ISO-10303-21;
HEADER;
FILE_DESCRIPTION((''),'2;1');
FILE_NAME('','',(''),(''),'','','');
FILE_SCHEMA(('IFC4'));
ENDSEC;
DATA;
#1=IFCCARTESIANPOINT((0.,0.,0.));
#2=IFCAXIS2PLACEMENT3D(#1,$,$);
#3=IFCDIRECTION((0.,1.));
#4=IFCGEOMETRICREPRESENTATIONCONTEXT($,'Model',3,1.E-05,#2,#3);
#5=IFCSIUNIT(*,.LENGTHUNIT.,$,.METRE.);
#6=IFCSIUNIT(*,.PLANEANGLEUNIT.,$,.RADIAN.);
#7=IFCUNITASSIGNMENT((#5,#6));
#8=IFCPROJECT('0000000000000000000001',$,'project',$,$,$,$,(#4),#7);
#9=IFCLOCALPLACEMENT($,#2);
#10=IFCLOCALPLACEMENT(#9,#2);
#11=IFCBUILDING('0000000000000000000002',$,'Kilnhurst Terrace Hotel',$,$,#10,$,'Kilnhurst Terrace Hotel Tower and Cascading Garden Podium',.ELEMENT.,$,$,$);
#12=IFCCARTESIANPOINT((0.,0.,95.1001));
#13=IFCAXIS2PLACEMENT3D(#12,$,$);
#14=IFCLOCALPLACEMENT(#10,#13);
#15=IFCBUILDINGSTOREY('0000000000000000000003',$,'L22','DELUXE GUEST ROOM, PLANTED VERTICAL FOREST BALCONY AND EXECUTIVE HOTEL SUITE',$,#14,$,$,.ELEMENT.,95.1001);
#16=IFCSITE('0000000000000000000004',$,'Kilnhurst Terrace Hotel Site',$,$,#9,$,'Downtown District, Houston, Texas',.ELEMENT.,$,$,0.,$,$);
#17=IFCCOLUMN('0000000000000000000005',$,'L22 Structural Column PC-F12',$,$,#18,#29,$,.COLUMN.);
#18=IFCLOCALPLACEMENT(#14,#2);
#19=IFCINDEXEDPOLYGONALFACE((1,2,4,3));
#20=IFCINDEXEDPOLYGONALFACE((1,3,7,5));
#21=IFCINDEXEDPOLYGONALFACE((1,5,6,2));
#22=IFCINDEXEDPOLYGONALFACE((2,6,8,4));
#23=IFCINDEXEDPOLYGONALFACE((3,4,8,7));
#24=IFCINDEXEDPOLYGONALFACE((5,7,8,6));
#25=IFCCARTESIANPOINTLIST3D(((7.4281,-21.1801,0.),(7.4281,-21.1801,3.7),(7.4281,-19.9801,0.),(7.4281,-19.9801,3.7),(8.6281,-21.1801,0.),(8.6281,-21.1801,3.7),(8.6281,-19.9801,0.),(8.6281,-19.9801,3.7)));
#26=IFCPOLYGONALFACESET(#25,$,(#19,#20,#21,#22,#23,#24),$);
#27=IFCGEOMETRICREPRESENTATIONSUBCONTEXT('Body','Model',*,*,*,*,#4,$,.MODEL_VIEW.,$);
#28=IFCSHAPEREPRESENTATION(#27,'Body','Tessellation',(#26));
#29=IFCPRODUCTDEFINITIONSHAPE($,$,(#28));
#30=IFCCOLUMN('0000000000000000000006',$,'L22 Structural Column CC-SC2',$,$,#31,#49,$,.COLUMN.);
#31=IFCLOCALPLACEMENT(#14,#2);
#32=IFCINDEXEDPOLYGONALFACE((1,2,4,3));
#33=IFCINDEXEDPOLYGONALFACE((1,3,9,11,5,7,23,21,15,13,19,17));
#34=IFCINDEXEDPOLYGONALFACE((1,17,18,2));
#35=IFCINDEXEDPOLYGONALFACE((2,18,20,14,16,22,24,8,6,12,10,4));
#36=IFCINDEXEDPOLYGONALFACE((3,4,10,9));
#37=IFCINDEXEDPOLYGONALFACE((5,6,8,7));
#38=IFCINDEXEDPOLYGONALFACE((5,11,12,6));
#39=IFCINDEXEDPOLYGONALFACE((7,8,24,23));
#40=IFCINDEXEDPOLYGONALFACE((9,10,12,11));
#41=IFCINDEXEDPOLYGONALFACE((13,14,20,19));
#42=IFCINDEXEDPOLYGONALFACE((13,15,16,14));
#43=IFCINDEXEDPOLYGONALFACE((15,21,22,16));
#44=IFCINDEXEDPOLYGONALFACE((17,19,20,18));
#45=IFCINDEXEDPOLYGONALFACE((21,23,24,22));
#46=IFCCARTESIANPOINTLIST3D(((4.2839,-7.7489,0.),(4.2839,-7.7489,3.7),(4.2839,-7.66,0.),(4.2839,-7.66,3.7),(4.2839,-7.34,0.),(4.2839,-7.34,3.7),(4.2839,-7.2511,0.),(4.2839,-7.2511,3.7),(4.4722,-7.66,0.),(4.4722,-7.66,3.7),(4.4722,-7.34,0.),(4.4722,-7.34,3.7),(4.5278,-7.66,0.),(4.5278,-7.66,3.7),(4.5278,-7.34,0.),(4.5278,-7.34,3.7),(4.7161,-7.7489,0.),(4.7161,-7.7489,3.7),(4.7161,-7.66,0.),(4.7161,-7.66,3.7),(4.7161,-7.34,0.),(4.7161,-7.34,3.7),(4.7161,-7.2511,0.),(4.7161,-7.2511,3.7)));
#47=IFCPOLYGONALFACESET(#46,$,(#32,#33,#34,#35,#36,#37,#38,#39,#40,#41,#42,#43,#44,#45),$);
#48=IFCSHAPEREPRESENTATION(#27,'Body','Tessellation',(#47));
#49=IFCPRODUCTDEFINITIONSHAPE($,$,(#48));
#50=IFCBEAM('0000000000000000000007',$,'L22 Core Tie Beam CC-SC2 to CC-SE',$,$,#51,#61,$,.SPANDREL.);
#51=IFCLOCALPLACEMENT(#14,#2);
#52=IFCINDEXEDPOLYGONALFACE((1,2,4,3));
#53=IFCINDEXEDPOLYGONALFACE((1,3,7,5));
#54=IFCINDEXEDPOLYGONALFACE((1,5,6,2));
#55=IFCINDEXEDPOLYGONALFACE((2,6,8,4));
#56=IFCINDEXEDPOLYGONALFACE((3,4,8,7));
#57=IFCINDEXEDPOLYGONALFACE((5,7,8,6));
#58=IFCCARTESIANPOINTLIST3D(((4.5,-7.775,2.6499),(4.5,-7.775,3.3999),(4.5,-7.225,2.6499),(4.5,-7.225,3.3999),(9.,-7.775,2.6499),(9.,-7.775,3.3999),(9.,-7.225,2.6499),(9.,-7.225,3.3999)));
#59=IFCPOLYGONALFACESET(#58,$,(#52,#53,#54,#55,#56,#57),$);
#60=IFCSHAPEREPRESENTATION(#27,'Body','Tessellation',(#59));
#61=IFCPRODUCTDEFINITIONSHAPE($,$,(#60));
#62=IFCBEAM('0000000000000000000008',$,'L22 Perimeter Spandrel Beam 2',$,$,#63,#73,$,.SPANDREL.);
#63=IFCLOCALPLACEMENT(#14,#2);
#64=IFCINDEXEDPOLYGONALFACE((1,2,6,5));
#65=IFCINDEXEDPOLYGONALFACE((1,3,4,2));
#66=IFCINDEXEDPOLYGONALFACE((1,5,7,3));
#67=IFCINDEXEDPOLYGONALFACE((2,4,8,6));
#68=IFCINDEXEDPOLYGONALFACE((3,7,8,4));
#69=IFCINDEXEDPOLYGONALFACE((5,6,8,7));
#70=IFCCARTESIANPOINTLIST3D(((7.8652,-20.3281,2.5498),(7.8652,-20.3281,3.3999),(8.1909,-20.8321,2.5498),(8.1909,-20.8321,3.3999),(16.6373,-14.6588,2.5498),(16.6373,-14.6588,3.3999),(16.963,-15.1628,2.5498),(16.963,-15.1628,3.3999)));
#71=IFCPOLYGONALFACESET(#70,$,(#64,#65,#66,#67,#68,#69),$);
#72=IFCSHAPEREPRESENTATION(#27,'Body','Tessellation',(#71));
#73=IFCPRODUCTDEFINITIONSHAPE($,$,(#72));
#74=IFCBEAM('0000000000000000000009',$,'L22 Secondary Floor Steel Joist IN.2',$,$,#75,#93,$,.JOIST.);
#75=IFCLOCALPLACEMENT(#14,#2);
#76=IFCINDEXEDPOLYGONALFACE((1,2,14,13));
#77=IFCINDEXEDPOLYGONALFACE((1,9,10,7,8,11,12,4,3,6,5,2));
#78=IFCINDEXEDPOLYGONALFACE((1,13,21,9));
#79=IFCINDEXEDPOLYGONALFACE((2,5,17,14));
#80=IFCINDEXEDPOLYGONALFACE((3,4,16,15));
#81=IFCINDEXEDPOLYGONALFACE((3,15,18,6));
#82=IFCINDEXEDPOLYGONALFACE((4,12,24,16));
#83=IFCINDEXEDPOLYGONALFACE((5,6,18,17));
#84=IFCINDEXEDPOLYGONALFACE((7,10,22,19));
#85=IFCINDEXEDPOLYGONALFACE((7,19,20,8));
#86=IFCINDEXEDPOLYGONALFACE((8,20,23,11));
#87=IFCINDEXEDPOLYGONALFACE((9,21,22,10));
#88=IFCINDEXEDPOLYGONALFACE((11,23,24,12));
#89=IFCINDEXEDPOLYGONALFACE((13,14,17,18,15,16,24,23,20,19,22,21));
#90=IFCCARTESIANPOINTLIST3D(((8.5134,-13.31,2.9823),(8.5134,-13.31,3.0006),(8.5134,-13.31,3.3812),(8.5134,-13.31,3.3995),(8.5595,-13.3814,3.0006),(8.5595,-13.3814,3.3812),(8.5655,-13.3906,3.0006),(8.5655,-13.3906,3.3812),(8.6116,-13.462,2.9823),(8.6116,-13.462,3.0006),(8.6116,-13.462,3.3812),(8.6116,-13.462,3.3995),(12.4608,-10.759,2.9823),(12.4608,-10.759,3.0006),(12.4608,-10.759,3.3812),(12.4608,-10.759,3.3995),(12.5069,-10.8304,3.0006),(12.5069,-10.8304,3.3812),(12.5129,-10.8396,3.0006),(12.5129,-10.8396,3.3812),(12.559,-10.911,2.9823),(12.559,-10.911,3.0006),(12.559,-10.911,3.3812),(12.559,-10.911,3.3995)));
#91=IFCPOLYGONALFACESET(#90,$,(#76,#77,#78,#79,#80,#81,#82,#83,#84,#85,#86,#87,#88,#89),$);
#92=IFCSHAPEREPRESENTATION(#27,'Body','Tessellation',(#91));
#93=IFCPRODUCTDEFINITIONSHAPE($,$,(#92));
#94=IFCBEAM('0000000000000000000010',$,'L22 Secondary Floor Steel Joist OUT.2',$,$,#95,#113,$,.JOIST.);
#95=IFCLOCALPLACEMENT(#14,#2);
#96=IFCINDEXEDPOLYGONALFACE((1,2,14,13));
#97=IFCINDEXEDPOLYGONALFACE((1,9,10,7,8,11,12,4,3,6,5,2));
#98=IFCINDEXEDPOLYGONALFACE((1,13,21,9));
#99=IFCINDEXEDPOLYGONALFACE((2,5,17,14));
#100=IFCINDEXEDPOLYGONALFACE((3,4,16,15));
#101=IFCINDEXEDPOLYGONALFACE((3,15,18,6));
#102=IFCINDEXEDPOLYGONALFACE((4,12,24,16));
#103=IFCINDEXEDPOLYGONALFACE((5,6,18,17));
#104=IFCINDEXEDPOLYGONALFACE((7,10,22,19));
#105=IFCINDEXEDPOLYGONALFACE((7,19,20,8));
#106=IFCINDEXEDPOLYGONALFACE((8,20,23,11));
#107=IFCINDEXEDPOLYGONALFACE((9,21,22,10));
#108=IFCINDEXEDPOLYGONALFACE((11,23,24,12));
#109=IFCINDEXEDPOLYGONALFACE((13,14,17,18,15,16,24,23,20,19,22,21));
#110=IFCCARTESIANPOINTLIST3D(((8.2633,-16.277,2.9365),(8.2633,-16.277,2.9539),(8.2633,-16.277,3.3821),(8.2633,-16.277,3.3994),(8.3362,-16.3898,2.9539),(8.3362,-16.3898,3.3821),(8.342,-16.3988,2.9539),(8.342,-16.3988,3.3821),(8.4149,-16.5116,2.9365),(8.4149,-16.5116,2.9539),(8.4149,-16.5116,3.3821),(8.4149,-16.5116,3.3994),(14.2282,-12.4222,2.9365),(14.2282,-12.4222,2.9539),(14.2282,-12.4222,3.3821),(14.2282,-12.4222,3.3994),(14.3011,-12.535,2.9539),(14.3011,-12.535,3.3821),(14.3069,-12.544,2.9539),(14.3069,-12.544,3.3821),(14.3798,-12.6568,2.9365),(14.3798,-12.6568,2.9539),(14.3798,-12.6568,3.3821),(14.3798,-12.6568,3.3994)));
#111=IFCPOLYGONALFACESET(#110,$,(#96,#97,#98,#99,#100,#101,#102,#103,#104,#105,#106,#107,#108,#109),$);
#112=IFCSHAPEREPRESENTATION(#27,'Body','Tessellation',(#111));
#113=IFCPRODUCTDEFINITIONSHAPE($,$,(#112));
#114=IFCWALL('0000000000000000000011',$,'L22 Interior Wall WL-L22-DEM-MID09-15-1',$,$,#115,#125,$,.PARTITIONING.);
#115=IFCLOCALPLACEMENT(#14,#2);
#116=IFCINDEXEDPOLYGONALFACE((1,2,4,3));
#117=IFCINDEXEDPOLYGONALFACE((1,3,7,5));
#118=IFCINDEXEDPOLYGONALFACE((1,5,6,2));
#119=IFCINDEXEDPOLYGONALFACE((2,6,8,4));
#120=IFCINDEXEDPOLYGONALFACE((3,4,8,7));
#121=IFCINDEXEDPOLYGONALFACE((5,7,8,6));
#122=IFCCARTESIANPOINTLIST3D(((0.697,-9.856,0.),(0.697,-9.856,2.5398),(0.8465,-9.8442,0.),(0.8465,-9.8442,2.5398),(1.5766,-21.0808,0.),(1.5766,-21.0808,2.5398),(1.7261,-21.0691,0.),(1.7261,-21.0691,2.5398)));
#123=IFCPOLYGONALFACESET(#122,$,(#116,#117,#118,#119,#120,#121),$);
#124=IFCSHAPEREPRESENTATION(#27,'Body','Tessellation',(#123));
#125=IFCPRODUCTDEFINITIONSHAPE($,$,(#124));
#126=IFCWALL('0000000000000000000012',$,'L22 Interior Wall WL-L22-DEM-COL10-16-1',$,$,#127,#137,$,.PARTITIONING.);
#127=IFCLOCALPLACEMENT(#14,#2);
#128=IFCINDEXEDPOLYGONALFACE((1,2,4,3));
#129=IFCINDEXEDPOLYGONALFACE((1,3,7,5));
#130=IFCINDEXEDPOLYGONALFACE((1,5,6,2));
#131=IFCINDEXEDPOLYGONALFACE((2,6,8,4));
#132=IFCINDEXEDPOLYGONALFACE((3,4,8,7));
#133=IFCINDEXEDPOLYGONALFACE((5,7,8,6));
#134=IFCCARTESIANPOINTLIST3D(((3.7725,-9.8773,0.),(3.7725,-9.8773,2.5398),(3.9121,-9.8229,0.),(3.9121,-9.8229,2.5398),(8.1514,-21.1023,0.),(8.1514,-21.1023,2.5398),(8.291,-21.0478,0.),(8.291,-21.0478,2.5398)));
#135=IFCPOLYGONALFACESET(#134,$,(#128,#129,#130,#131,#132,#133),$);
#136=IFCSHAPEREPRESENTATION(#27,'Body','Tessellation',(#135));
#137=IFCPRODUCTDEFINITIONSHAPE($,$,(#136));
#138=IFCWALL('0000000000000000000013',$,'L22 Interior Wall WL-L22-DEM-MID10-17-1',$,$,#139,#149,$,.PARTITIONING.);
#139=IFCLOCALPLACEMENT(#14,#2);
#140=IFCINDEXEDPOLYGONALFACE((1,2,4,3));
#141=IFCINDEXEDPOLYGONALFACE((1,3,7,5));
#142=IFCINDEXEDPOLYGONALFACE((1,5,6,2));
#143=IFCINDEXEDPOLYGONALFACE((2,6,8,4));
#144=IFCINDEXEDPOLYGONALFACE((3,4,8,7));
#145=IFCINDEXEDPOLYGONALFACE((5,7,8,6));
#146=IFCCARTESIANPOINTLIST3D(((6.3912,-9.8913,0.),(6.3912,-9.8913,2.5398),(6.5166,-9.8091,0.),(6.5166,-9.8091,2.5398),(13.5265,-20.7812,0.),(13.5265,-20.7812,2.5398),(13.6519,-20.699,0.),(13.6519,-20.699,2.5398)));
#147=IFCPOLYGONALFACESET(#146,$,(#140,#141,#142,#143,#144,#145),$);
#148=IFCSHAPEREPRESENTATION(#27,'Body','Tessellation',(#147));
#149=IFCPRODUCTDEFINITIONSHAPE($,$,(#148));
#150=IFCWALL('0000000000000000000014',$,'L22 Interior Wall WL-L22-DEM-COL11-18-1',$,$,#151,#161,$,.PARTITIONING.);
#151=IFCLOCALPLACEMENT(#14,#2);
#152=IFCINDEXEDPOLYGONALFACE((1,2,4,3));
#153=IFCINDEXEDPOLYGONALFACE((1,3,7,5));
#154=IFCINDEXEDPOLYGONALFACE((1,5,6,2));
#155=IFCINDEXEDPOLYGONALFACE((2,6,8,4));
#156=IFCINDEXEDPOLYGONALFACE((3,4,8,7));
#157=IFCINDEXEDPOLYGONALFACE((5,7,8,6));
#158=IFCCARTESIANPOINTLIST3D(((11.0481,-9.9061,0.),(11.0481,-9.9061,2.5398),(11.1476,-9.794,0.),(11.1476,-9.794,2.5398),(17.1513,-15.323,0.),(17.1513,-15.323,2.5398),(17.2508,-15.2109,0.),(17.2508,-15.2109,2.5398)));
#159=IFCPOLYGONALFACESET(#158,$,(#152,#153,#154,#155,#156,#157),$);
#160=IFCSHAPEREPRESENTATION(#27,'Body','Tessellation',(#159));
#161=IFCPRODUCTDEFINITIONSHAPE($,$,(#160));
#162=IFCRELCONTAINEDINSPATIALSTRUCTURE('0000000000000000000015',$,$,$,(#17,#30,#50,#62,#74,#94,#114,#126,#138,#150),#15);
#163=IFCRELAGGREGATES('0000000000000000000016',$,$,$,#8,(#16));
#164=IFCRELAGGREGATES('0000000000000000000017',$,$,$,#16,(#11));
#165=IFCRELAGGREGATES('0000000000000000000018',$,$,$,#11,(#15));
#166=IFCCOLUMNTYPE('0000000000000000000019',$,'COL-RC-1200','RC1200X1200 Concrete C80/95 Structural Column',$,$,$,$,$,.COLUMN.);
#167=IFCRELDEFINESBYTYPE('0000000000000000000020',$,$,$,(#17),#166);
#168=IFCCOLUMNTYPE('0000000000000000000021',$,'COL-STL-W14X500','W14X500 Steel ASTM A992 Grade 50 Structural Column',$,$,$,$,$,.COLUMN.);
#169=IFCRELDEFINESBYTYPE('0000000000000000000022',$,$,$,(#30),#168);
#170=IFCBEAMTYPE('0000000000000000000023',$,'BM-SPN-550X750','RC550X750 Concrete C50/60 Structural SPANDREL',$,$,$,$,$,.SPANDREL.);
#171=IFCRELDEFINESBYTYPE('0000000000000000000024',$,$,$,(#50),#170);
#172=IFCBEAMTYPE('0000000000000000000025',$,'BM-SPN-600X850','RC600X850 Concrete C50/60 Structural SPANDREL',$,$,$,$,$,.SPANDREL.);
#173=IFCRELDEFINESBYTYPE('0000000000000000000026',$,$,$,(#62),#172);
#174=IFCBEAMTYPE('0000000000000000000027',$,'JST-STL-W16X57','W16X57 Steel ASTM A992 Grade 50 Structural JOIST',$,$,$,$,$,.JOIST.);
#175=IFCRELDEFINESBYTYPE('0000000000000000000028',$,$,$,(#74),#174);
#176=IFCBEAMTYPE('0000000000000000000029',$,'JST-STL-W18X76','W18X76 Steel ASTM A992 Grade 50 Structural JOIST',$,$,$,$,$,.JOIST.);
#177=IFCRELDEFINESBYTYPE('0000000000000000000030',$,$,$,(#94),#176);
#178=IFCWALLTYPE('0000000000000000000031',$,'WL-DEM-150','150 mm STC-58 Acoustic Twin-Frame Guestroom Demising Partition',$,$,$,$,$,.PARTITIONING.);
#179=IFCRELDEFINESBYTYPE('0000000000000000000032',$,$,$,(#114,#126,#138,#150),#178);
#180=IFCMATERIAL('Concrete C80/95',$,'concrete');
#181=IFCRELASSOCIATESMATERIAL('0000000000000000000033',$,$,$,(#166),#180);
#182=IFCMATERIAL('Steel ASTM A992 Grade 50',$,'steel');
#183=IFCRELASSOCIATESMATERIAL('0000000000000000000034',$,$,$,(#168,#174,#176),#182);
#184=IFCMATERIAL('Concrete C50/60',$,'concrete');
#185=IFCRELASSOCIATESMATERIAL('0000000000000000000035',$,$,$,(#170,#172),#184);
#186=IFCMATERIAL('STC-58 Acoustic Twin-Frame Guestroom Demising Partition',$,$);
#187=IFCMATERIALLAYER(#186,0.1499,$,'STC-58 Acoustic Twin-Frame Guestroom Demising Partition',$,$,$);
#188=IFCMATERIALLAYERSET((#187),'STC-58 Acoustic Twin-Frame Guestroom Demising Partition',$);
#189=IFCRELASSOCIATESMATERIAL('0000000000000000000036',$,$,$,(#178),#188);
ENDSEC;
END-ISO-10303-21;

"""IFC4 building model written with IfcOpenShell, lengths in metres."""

from ifc_helpers import new_model, si_unit, direction, frame, frame_2d, origin, origin_2d, place, context, subcontext, project, spatial, rectangle, i_section, extrude, material, layer, layer_set, material_profile, profile_set, type_object, element, save


model = new_model("IFC4")

# Units and contexts
model_context = context("Model", 3, precision=1e-05, world=origin(), true_north=direction((0.0, 1.0)))
body_context = subcontext(model_context, "Body", "Model", "MODEL_VIEW")
ifc_project = project(units=[si_unit("LENGTHUNIT", "METRE"), si_unit("PLANEANGLEUNIT", "RADIAN")], contexts=[model_context])

# Site, building, storey
site_placement = place(None, origin())
site = spatial("IfcSite", under=ifc_project, at=site_placement, Name="Kilnhurst Terrace Hotel Site", LongName="Downtown District, Houston, Texas", CompositionType="ELEMENT", RefElevation=0.0)
building_placement = place(site_placement, origin())
building = spatial("IfcBuilding", under=site, at=building_placement, Name="Kilnhurst Terrace Hotel", LongName="Kilnhurst Terrace Hotel Tower and Cascading Garden Podium", CompositionType="ELEMENT")
storey_placement = place(building_placement, frame((0.0, 0.0, 95.1001)))
storey = spatial("IfcBuildingStorey", under=building, at=storey_placement, Name="L22", Description="DELUXE GUEST ROOM, PLANTED VERTICAL FOREST BALCONY AND EXECUTIVE HOTEL SUITE", CompositionType="ELEMENT", Elevation=95.1001)

# Columns
ifc_material_1 = material(Name="Concrete C80/95", Category="concrete")
ifc_material_profile_1 = material_profile(ifc_material_1, rectangle(XDim=1.2, YDim=1.2, at=origin_2d()), Name="RC1200X1200")
ifc_profile_set_1 = profile_set([ifc_material_profile_1], Name="Concrete C80/95")
column_type_1 = type_object("IfcColumnType", Name="COL-RC-1200", Description="RC1200X1200 Concrete C80/95 Structural Column", PredefinedType="COLUMN", material=ifc_profile_set_1)
column_1_placement = place(storey_placement, frame((8.0281, -20.5801, 0.0), z_axis=(0.0, 0.0, 1.0), x_axis=(1.0, 0.0, 0.0)))
element("IfcColumn", 1, at=column_1_placement, inside=storey, type_object=column_type_1, Name="L22 Structural Column PC-F12", PredefinedType="COLUMN", context=body_context, shape_type="SweptSolid", body=[
    extrude(rectangle(XDim=1.2, YDim=1.2, at=origin_2d()), origin(), (0.0, 0.0, 1.0), 3.7),
])
ifc_material_2 = material(Name="Steel ASTM A992 Grade 50", Category="steel")
ifc_material_profile_2 = material_profile(ifc_material_2, i_section(OverallWidth=0.4321, OverallDepth=0.4978, WebThickness=0.0557, FlangeThickness=0.0889, at=origin_2d()), Name="W14X500")
ifc_profile_set_2 = profile_set([ifc_material_profile_2], Name="Steel ASTM A992 Grade 50")
column_type_2 = type_object("IfcColumnType", Name="COL-STL-W14X500", Description="W14X500 Steel ASTM A992 Grade 50 Structural Column", PredefinedType="COLUMN", material=ifc_profile_set_2)
column_2_placement = place(storey_placement, frame((4.5, -7.5, 0.0), z_axis=(0.0, 0.0, 1.0), x_axis=(1.0, 0.0, 0.0)))
element("IfcColumn", 2, at=column_2_placement, inside=storey, type_object=column_type_2, Name="L22 Structural Column CC-SC2", PredefinedType="COLUMN", context=body_context, shape_type="SweptSolid", body=[
    extrude(i_section(OverallWidth=0.4321, OverallDepth=0.4978, WebThickness=0.0557, FlangeThickness=0.0889, at=origin_2d()), origin(), (0.0, 0.0, 1.0), 3.7),
])

# Beams
ifc_material_3 = material(Name="Concrete C50/60", Category="concrete")
ifc_material_profile_3 = material_profile(ifc_material_3, rectangle(XDim=0.55, YDim=0.75, at=origin_2d()), Name="RC550X750")
ifc_profile_set_3 = profile_set([ifc_material_profile_3], Name="Concrete C50/60")
beam_type_1 = type_object("IfcBeamType", Name="BM-SPN-550X750", Description="RC550X750 Concrete C50/60 Structural SPANDREL", PredefinedType="SPANDREL", material=ifc_profile_set_3)
beam_1_placement = place(storey_placement, frame((4.5, -7.5, 3.0249), z_axis=(1.0, 0.0, 0.0), x_axis=(0.0, 1.0, 0.0)))
element("IfcBeam", 3, at=beam_1_placement, inside=storey, type_object=beam_type_1, Name="L22 Core Tie Beam CC-SC2 to CC-SE", PredefinedType="SPANDREL", context=body_context, shape_type="SweptSolid", body=[
    extrude(rectangle(XDim=0.55, YDim=0.75, at=origin_2d()), origin(), (0.0, 0.0, 1.0), 4.5),
])
ifc_material_profile_4 = material_profile(ifc_material_3, rectangle(XDim=0.6001, YDim=0.8501, at=origin_2d()), Name="RC600X850")
ifc_profile_set_4 = profile_set([ifc_material_profile_4], Name="Concrete C50/60")
beam_type_2 = type_object("IfcBeamType", Name="BM-SPN-600X850", Description="RC600X850 Concrete C50/60 Structural SPANDREL", PredefinedType="SPANDREL", material=ifc_profile_set_4)
beam_2_placement = place(storey_placement, frame((8.0281, -20.5801, 2.9749), z_axis=(0.839867, 0.542793, 0.0), x_axis=(-0.542793, 0.839867, 0.0)))
element("IfcBeam", 4, at=beam_2_placement, inside=storey, type_object=beam_type_2, Name="L22 Perimeter Spandrel Beam 2", PredefinedType="SPANDREL", context=body_context, shape_type="SweptSolid", body=[
    extrude(rectangle(XDim=0.6001, YDim=0.8501, at=origin_2d()), origin(), (0.0, 0.0, 1.0), 10.4446),
])
ifc_material_profile_5 = material_profile(ifc_material_2, i_section(OverallWidth=0.1809, OverallDepth=0.4172, WebThickness=0.011, FlangeThickness=0.0183, at=origin_2d()), Name="W16X57")
ifc_profile_set_5 = profile_set([ifc_material_profile_5], Name="Steel ASTM A992 Grade 50")
beam_type_3 = type_object("IfcBeamType", Name="JST-STL-W16X57", Description="W16X57 Steel ASTM A992 Grade 50 Structural JOIST", PredefinedType="JOIST", material=ifc_profile_set_5)
beam_3_placement = place(storey_placement, frame((8.5625, -13.386, 3.1909), z_axis=(0.839885, 0.542764, 0.0), x_axis=(-0.542764, 0.839885, 0.0)))
element("IfcBeam", 5, at=beam_3_placement, inside=storey, type_object=beam_type_3, Name="L22 Secondary Floor Steel Joist IN.2", PredefinedType="JOIST", context=body_context, shape_type="SweptSolid", body=[
    extrude(i_section(OverallWidth=0.1809, OverallDepth=0.4172, WebThickness=0.011, FlangeThickness=0.0183, at=origin_2d()), origin(), (0.0, 0.0, 1.0), 4.7),
])
ifc_material_profile_6 = material_profile(ifc_material_2, i_section(OverallWidth=0.2793, OverallDepth=0.4629, WebThickness=0.0107, FlangeThickness=0.0173, at=origin_2d()), Name="W18X76")
ifc_profile_set_6 = profile_set([ifc_material_profile_6], Name="Steel ASTM A992 Grade 50")
beam_type_4 = type_object("IfcBeamType", Name="JST-STL-W18X76", Description="W18X76 Steel ASTM A992 Grade 50 Structural JOIST", PredefinedType="JOIST", material=ifc_profile_set_6)
beam_4_placement = place(storey_placement, frame((8.3391, -16.3943, 3.168), z_axis=(0.839883, 0.542768, 0.0), x_axis=(-0.542768, 0.839883, 0.0)))
element("IfcBeam", 6, at=beam_4_placement, inside=storey, type_object=beam_type_4, Name="L22 Secondary Floor Steel Joist OUT.2", PredefinedType="JOIST", context=body_context, shape_type="SweptSolid", body=[
    extrude(i_section(OverallWidth=0.2793, OverallDepth=0.4629, WebThickness=0.0107, FlangeThickness=0.0173, at=origin_2d()), origin(), (0.0, 0.0, 1.0), 7.1021),
])

# Walls
ifc_material_4 = material(Name="STC-58 Acoustic Twin-Frame Guestroom Demising Partition")
ifc_layer_1 = layer(ifc_material_4, 0.1499, Name="STC-58 Acoustic Twin-Frame Guestroom Demising Partition")
ifc_layer_set_1 = layer_set([ifc_layer_1], Name="STC-58 Acoustic Twin-Frame Guestroom Demising Partition")
wall_type_1 = type_object("IfcWallType", Name="WL-DEM-150", Description="150 mm STC-58 Acoustic Twin-Frame Guestroom Demising Partition", PredefinedType="PARTITIONING", material=ifc_layer_set_1)
wall_1_placement = place(storey_placement, frame((0.7717, -9.8501, 0.0), z_axis=(0.0, 0.0, 1.0), x_axis=(0.078126, -0.996944, 0.0)))
element("IfcWall", 7, at=wall_1_placement, inside=storey, type_object=wall_type_1, Name="L22 Interior Wall WL-L22-DEM-MID09-15-1", PredefinedType="PARTITIONING", context=body_context, shape_type="SweptSolid", body=[
    extrude(rectangle(XDim=11.2593, YDim=0.1499, at=frame_2d((5.6296, 0.0))), origin(), (0.0, 0.0, 1.0), 2.5398),
])
wall_2_placement = place(storey_placement, frame((3.8423, -9.8501, 0.0), z_axis=(0.0, 0.0, 1.0), x_axis=(0.363433, -0.93162, 0.0)))
element("IfcWall", 8, at=wall_2_placement, inside=storey, type_object=wall_type_1, Name="L22 Interior Wall WL-L22-DEM-COL10-16-1", PredefinedType="PARTITIONING", context=body_context, shape_type="SweptSolid", body=[
    extrude(rectangle(XDim=12.0488, YDim=0.1499, at=frame_2d((6.0244, 0.0))), origin(), (0.0, 0.0, 1.0), 2.5398),
])
wall_3_placement = place(storey_placement, frame((6.4539, -9.8501, 0.0), z_axis=(0.0, 0.0, 1.0), x_axis=(0.548053, -0.836444, 0.0)))
element("IfcWall", 9, at=wall_3_placement, inside=storey, type_object=wall_type_1, Name="L22 Interior Wall WL-L22-DEM-MID10-17-1", PredefinedType="PARTITIONING", context=body_context, shape_type="SweptSolid", body=[
    extrude(rectangle(XDim=13.0193, YDim=0.1499, at=frame_2d((6.5098, 0.0))), origin(), (0.0, 0.0, 1.0), 2.5398),
])
wall_4_placement = place(storey_placement, frame((11.0979, -9.8501, 0.0), z_axis=(0.0, 0.0, 1.0), x_axis=(0.747904, -0.663807, 0.0)))
element("IfcWall", 10, at=wall_4_placement, inside=storey, type_object=wall_type_1, Name="L22 Interior Wall WL-L22-DEM-COL11-18-1", PredefinedType="PARTITIONING", context=body_context, shape_type="SweptSolid", body=[
    extrude(rectangle(XDim=8.1604, YDim=0.1499, at=frame_2d((4.0801, 0.0))), origin(), (0.0, 0.0, 1.0), 2.5398),
])

save(model, "model.ifc")
